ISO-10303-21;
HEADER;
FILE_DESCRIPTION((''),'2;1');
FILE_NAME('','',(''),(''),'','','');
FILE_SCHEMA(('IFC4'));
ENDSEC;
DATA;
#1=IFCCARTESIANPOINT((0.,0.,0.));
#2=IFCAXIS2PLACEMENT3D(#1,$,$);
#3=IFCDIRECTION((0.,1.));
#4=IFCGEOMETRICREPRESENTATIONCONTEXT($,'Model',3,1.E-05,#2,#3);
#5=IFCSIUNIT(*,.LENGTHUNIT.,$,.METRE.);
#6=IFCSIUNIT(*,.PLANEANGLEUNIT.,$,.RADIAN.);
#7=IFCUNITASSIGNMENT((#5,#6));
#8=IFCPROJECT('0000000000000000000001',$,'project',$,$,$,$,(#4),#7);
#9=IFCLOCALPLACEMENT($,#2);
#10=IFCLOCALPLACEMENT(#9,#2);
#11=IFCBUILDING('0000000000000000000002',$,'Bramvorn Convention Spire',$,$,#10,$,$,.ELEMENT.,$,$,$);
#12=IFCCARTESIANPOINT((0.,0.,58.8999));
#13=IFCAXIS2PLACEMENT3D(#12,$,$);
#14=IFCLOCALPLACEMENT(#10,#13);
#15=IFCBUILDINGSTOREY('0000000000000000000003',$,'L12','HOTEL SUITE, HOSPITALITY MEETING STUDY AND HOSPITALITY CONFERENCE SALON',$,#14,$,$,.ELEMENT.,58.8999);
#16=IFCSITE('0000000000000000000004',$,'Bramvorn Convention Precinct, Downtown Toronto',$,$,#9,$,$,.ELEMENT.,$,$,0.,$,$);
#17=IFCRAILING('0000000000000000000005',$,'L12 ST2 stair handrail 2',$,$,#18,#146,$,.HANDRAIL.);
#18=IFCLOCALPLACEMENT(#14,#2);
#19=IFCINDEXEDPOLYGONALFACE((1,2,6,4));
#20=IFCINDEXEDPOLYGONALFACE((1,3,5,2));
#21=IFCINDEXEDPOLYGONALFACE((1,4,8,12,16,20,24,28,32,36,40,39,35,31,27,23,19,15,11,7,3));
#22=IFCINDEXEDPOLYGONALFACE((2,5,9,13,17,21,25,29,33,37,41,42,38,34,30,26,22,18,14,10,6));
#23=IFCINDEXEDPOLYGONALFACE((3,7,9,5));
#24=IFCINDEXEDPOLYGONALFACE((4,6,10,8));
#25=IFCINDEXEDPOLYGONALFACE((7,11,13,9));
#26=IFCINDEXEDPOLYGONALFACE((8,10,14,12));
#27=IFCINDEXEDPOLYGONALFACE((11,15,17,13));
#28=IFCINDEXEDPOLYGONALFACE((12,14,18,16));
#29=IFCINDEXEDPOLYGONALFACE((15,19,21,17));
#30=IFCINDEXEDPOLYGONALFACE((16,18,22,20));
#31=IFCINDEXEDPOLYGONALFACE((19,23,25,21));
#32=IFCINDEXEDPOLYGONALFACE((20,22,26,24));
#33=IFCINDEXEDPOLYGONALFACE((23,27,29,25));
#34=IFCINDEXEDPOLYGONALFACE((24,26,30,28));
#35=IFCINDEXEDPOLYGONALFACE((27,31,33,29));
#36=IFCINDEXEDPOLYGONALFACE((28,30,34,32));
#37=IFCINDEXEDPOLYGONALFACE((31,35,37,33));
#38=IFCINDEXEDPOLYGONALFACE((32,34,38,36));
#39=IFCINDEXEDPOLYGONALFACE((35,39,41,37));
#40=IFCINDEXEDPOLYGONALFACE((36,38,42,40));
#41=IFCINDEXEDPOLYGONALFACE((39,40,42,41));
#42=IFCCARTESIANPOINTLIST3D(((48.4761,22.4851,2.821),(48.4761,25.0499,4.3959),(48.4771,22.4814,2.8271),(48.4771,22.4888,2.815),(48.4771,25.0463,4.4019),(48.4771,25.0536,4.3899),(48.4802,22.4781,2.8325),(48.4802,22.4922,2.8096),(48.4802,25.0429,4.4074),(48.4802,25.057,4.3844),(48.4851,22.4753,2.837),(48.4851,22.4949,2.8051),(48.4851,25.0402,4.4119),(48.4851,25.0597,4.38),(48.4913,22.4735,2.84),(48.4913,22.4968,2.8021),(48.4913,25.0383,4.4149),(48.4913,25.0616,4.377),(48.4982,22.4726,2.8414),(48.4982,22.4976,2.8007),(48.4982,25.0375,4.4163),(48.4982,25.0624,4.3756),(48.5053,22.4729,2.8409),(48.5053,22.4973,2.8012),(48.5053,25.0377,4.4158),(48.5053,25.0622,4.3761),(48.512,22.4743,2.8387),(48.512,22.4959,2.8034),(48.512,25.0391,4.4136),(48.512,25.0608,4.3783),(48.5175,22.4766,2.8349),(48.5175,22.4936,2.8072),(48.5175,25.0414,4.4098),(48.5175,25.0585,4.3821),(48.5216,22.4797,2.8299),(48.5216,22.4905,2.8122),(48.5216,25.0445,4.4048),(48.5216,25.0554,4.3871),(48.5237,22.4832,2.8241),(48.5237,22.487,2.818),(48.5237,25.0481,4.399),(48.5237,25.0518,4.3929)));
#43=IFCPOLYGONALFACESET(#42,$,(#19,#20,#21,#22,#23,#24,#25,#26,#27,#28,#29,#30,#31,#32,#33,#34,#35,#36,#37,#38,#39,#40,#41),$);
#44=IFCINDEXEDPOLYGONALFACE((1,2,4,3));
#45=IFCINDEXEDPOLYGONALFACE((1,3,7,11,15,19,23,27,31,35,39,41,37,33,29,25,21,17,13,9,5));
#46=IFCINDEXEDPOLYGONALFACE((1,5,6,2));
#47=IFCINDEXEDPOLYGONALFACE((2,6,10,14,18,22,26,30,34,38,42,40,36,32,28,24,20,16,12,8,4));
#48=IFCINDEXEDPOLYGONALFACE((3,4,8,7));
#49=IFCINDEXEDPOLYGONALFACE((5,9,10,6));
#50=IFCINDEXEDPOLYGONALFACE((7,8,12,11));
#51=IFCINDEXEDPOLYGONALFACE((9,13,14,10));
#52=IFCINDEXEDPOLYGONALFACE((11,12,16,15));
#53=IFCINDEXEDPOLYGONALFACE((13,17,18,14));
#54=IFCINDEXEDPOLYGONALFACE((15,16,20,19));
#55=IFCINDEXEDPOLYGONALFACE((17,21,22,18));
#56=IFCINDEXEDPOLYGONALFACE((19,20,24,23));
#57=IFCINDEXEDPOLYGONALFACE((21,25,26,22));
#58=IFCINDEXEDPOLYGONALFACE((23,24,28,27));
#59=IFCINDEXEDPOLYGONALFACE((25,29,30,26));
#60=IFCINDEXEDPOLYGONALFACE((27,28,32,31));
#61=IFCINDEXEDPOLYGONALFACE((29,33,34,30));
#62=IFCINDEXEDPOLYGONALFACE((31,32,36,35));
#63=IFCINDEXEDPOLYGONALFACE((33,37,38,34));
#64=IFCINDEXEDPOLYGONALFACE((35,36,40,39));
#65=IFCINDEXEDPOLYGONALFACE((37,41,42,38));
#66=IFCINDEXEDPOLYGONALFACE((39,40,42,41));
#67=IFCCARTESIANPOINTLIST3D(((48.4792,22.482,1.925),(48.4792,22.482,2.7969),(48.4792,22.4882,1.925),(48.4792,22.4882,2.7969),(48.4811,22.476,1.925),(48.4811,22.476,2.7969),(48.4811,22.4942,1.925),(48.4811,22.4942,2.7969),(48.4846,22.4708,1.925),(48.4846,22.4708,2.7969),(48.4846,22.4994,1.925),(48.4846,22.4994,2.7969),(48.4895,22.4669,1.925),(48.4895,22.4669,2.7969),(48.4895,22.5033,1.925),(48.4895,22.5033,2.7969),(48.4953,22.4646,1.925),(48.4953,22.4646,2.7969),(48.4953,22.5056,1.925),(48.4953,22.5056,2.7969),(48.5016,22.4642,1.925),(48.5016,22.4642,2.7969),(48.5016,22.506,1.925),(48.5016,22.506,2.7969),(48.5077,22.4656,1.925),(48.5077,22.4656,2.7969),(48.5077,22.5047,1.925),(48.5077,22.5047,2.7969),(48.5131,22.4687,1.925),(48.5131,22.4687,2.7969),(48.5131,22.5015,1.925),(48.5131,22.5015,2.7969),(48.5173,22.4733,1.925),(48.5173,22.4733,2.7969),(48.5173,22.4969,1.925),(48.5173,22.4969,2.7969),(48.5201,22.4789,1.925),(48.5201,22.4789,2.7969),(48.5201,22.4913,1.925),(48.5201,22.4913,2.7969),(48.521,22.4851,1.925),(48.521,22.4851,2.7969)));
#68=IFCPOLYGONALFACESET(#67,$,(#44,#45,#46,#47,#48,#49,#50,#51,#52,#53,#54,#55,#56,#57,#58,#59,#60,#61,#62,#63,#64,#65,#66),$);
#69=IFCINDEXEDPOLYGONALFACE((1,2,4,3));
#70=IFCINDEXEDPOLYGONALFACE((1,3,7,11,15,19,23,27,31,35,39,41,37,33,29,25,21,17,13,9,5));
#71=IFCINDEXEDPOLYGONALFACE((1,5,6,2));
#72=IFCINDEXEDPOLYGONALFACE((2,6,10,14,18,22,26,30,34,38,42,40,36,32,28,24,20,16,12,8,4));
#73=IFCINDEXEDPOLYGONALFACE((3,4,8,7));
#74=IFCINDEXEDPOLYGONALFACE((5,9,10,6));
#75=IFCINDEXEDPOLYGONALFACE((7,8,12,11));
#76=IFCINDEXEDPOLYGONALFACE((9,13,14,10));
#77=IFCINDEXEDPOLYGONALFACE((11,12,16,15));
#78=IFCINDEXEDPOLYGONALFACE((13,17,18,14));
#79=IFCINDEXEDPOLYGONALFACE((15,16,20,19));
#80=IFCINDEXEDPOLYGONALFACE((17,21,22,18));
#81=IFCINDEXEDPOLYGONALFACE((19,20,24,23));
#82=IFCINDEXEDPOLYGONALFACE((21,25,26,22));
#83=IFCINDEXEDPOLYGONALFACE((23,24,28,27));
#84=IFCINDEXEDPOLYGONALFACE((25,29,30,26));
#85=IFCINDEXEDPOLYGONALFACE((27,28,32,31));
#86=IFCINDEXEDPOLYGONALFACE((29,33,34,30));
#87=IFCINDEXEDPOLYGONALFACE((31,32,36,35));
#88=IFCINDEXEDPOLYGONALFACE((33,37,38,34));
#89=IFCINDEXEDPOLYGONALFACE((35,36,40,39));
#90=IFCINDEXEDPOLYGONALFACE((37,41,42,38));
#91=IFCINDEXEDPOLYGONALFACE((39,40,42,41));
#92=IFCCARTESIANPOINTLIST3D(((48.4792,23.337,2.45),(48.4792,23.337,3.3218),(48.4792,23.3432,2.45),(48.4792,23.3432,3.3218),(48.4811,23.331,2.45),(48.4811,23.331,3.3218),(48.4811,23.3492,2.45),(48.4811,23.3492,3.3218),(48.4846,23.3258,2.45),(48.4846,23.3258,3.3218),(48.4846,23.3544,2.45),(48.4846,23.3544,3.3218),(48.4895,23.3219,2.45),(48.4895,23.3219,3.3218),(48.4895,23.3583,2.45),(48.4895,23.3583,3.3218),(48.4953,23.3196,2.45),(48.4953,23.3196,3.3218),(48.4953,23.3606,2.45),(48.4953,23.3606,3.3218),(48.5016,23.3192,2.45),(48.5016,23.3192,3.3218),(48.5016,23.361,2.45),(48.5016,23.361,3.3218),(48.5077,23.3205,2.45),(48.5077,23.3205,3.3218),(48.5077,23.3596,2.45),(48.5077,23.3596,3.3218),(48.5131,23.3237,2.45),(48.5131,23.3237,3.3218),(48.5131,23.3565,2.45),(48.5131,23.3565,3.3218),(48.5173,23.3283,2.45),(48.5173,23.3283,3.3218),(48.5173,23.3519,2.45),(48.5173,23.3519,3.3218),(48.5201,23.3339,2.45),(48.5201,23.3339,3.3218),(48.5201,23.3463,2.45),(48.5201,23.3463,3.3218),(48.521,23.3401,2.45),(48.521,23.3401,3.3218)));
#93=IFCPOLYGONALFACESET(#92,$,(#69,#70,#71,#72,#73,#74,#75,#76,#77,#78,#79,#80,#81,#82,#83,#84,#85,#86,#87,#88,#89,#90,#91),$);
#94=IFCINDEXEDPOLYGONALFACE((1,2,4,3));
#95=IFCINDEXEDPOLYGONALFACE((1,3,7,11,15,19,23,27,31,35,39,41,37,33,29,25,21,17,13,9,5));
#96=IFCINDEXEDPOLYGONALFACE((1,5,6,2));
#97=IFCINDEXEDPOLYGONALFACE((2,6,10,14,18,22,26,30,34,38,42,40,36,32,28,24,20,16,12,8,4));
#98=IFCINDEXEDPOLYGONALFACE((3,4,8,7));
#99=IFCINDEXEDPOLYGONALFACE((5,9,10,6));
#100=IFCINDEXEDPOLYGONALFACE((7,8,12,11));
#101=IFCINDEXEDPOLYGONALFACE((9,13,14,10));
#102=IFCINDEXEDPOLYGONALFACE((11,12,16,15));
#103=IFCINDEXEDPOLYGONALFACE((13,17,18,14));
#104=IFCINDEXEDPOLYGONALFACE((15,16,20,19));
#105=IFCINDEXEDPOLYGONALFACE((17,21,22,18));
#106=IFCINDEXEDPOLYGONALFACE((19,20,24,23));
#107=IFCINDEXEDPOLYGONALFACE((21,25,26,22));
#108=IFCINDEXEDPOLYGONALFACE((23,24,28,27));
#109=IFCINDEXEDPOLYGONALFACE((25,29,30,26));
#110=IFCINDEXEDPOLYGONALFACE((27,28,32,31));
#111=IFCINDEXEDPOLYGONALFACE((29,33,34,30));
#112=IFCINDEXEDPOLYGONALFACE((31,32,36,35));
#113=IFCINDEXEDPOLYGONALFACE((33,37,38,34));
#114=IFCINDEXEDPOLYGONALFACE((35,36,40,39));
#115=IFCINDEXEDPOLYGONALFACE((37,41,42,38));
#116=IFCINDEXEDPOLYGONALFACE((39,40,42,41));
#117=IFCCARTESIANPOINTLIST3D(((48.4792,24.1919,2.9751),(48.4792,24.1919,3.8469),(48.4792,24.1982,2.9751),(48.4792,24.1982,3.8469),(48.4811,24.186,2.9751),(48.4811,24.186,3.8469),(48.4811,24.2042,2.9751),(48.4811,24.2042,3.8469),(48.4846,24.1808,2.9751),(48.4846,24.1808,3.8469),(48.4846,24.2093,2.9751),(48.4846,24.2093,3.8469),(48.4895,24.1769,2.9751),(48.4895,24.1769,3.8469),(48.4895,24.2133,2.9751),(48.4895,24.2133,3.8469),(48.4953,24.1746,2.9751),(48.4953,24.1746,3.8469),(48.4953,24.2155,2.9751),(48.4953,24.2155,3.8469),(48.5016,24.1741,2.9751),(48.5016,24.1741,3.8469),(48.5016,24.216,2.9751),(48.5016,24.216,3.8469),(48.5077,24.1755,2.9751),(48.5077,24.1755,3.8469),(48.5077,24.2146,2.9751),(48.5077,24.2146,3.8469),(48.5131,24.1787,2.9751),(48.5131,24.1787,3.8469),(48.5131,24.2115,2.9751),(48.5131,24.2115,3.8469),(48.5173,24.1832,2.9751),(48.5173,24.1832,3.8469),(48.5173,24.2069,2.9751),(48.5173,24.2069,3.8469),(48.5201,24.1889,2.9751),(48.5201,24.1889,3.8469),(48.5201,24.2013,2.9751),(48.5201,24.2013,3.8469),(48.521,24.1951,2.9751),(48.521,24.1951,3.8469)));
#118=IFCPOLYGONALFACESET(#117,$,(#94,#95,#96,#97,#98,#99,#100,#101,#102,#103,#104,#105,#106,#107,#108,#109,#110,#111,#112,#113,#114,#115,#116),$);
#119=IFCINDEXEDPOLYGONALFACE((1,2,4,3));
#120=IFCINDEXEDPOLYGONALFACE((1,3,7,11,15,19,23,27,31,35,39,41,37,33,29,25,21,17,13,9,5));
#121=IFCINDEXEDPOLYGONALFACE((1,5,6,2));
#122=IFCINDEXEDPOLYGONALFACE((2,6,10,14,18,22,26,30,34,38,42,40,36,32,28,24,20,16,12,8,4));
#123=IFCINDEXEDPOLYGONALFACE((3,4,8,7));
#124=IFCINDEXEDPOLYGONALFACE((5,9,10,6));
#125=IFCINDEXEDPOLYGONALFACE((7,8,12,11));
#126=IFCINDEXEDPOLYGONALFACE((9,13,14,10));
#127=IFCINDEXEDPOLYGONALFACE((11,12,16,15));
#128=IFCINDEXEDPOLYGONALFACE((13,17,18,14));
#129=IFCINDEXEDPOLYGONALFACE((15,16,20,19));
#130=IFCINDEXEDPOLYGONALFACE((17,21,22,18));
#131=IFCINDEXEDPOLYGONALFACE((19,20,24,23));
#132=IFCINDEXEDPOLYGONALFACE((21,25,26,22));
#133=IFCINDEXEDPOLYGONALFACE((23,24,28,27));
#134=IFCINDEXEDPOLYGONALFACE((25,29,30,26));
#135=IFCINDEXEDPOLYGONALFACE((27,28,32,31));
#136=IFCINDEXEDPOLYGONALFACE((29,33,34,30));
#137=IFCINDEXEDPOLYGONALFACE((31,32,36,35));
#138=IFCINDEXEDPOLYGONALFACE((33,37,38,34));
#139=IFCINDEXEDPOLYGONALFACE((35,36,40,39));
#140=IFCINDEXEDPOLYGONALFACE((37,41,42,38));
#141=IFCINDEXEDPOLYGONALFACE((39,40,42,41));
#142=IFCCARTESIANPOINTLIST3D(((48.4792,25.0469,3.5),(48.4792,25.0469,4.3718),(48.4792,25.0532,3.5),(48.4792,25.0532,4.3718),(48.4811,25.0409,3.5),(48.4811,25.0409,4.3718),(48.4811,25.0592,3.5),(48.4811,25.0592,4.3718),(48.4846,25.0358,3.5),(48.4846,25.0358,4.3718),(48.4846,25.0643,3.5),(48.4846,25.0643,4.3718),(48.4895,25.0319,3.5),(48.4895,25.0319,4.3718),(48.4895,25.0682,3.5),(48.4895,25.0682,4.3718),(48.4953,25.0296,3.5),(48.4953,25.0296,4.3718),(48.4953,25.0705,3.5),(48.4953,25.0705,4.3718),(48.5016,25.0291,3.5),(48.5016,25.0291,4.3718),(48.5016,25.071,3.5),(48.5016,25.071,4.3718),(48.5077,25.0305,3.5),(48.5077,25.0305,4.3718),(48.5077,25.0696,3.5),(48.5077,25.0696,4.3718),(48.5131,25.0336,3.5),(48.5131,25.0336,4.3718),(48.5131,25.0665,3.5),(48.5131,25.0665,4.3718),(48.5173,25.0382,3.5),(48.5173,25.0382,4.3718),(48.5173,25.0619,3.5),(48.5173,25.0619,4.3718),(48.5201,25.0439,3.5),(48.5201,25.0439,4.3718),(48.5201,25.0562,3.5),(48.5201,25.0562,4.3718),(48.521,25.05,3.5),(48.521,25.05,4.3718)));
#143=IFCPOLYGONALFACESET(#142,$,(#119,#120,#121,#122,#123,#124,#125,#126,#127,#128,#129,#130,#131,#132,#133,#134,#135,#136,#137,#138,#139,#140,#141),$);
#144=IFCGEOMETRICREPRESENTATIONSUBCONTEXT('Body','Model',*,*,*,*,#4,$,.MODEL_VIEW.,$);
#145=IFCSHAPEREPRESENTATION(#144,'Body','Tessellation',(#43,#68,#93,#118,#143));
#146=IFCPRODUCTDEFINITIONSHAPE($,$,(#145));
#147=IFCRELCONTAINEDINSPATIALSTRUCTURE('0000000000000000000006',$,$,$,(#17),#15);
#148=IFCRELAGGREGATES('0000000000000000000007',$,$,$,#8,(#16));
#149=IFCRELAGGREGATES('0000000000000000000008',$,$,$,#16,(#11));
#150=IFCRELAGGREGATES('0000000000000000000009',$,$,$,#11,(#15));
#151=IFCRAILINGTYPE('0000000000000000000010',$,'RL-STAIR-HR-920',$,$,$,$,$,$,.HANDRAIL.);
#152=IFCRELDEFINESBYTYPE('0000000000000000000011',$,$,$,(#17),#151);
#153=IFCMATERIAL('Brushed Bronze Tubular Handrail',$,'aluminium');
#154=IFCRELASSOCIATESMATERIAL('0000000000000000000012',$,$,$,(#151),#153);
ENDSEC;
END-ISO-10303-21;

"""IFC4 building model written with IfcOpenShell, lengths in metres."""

from ifc_helpers import new_model, si_unit, direction, frame, origin, origin_2d, place, context, subcontext, project, spatial, circle, extrude, material, type_object, element, save


model = new_model("IFC4")

# Units and contexts
model_context = context("Model", 3, precision=1e-05, world=origin(), true_north=direction((0.0, 1.0)))
body_context = subcontext(model_context, "Body", "Model", "MODEL_VIEW")
ifc_project = project(units=[si_unit("LENGTHUNIT", "METRE"), si_unit("PLANEANGLEUNIT", "RADIAN")], contexts=[model_context])

# Site, building, storey
site_placement = place(None, origin())
site = spatial("IfcSite", under=ifc_project, at=site_placement, Name="Bramvorn Convention Precinct, Downtown Toronto", CompositionType="ELEMENT", RefElevation=0.0)
building_placement = place(site_placement, origin())
building = spatial("IfcBuilding", under=site, at=building_placement, Name="Bramvorn Convention Spire", CompositionType="ELEMENT")
storey_placement = place(building_placement, frame((0.0, 0.0, 58.8999)))
storey = spatial("IfcBuildingStorey", under=building, at=storey_placement, Name="L12", Description="HOTEL SUITE, HOSPITALITY MEETING STUDY AND HOSPITALITY CONFERENCE SALON", CompositionType="ELEMENT", Elevation=58.8999)

# Railing
ifc_material_1 = material(Name="Brushed Bronze Tubular Handrail", Category="aluminium")
railing_type_1 = type_object("IfcRailingType", Name="RL-STAIR-HR-920", PredefinedType="HANDRAIL", material=ifc_material_1)
railing_1_placement = place(storey_placement, frame((48.5, 22.4851, 1.925)))
element("IfcRailing", 1, at=railing_1_placement, inside=storey, type_object=railing_type_1, Name="L12 ST2 stair handrail 2", PredefinedType="HANDRAIL", context=body_context, shape_type="SweptSolid", body=[
    extrude(circle(Radius=0.0239, at=origin_2d()), frame((0.0, 0.0, 0.896), z_axis=(0.0, 0.852173, 0.52326), x_axis=(-1.0, 0.0, 0.0)), (0.0, 0.0, 1.0), 3.0098),
    extrude(circle(Radius=0.021, at=origin_2d()), origin(), (0.0, 0.0, 1.0), 0.8718),
    extrude(circle(Radius=0.021, at=origin_2d()), frame((0.0, 0.855, 0.5249)), (0.0, 0.0, 1.0), 0.8718),
    extrude(circle(Radius=0.021, at=origin_2d()), frame((0.0, 1.71, 1.05)), (0.0, 0.0, 1.0), 0.8718),
    extrude(circle(Radius=0.021, at=origin_2d()), frame((0.0, 2.5649, 1.575)), (0.0, 0.0, 1.0), 0.8718),
])

save(model, "model.ifc")
